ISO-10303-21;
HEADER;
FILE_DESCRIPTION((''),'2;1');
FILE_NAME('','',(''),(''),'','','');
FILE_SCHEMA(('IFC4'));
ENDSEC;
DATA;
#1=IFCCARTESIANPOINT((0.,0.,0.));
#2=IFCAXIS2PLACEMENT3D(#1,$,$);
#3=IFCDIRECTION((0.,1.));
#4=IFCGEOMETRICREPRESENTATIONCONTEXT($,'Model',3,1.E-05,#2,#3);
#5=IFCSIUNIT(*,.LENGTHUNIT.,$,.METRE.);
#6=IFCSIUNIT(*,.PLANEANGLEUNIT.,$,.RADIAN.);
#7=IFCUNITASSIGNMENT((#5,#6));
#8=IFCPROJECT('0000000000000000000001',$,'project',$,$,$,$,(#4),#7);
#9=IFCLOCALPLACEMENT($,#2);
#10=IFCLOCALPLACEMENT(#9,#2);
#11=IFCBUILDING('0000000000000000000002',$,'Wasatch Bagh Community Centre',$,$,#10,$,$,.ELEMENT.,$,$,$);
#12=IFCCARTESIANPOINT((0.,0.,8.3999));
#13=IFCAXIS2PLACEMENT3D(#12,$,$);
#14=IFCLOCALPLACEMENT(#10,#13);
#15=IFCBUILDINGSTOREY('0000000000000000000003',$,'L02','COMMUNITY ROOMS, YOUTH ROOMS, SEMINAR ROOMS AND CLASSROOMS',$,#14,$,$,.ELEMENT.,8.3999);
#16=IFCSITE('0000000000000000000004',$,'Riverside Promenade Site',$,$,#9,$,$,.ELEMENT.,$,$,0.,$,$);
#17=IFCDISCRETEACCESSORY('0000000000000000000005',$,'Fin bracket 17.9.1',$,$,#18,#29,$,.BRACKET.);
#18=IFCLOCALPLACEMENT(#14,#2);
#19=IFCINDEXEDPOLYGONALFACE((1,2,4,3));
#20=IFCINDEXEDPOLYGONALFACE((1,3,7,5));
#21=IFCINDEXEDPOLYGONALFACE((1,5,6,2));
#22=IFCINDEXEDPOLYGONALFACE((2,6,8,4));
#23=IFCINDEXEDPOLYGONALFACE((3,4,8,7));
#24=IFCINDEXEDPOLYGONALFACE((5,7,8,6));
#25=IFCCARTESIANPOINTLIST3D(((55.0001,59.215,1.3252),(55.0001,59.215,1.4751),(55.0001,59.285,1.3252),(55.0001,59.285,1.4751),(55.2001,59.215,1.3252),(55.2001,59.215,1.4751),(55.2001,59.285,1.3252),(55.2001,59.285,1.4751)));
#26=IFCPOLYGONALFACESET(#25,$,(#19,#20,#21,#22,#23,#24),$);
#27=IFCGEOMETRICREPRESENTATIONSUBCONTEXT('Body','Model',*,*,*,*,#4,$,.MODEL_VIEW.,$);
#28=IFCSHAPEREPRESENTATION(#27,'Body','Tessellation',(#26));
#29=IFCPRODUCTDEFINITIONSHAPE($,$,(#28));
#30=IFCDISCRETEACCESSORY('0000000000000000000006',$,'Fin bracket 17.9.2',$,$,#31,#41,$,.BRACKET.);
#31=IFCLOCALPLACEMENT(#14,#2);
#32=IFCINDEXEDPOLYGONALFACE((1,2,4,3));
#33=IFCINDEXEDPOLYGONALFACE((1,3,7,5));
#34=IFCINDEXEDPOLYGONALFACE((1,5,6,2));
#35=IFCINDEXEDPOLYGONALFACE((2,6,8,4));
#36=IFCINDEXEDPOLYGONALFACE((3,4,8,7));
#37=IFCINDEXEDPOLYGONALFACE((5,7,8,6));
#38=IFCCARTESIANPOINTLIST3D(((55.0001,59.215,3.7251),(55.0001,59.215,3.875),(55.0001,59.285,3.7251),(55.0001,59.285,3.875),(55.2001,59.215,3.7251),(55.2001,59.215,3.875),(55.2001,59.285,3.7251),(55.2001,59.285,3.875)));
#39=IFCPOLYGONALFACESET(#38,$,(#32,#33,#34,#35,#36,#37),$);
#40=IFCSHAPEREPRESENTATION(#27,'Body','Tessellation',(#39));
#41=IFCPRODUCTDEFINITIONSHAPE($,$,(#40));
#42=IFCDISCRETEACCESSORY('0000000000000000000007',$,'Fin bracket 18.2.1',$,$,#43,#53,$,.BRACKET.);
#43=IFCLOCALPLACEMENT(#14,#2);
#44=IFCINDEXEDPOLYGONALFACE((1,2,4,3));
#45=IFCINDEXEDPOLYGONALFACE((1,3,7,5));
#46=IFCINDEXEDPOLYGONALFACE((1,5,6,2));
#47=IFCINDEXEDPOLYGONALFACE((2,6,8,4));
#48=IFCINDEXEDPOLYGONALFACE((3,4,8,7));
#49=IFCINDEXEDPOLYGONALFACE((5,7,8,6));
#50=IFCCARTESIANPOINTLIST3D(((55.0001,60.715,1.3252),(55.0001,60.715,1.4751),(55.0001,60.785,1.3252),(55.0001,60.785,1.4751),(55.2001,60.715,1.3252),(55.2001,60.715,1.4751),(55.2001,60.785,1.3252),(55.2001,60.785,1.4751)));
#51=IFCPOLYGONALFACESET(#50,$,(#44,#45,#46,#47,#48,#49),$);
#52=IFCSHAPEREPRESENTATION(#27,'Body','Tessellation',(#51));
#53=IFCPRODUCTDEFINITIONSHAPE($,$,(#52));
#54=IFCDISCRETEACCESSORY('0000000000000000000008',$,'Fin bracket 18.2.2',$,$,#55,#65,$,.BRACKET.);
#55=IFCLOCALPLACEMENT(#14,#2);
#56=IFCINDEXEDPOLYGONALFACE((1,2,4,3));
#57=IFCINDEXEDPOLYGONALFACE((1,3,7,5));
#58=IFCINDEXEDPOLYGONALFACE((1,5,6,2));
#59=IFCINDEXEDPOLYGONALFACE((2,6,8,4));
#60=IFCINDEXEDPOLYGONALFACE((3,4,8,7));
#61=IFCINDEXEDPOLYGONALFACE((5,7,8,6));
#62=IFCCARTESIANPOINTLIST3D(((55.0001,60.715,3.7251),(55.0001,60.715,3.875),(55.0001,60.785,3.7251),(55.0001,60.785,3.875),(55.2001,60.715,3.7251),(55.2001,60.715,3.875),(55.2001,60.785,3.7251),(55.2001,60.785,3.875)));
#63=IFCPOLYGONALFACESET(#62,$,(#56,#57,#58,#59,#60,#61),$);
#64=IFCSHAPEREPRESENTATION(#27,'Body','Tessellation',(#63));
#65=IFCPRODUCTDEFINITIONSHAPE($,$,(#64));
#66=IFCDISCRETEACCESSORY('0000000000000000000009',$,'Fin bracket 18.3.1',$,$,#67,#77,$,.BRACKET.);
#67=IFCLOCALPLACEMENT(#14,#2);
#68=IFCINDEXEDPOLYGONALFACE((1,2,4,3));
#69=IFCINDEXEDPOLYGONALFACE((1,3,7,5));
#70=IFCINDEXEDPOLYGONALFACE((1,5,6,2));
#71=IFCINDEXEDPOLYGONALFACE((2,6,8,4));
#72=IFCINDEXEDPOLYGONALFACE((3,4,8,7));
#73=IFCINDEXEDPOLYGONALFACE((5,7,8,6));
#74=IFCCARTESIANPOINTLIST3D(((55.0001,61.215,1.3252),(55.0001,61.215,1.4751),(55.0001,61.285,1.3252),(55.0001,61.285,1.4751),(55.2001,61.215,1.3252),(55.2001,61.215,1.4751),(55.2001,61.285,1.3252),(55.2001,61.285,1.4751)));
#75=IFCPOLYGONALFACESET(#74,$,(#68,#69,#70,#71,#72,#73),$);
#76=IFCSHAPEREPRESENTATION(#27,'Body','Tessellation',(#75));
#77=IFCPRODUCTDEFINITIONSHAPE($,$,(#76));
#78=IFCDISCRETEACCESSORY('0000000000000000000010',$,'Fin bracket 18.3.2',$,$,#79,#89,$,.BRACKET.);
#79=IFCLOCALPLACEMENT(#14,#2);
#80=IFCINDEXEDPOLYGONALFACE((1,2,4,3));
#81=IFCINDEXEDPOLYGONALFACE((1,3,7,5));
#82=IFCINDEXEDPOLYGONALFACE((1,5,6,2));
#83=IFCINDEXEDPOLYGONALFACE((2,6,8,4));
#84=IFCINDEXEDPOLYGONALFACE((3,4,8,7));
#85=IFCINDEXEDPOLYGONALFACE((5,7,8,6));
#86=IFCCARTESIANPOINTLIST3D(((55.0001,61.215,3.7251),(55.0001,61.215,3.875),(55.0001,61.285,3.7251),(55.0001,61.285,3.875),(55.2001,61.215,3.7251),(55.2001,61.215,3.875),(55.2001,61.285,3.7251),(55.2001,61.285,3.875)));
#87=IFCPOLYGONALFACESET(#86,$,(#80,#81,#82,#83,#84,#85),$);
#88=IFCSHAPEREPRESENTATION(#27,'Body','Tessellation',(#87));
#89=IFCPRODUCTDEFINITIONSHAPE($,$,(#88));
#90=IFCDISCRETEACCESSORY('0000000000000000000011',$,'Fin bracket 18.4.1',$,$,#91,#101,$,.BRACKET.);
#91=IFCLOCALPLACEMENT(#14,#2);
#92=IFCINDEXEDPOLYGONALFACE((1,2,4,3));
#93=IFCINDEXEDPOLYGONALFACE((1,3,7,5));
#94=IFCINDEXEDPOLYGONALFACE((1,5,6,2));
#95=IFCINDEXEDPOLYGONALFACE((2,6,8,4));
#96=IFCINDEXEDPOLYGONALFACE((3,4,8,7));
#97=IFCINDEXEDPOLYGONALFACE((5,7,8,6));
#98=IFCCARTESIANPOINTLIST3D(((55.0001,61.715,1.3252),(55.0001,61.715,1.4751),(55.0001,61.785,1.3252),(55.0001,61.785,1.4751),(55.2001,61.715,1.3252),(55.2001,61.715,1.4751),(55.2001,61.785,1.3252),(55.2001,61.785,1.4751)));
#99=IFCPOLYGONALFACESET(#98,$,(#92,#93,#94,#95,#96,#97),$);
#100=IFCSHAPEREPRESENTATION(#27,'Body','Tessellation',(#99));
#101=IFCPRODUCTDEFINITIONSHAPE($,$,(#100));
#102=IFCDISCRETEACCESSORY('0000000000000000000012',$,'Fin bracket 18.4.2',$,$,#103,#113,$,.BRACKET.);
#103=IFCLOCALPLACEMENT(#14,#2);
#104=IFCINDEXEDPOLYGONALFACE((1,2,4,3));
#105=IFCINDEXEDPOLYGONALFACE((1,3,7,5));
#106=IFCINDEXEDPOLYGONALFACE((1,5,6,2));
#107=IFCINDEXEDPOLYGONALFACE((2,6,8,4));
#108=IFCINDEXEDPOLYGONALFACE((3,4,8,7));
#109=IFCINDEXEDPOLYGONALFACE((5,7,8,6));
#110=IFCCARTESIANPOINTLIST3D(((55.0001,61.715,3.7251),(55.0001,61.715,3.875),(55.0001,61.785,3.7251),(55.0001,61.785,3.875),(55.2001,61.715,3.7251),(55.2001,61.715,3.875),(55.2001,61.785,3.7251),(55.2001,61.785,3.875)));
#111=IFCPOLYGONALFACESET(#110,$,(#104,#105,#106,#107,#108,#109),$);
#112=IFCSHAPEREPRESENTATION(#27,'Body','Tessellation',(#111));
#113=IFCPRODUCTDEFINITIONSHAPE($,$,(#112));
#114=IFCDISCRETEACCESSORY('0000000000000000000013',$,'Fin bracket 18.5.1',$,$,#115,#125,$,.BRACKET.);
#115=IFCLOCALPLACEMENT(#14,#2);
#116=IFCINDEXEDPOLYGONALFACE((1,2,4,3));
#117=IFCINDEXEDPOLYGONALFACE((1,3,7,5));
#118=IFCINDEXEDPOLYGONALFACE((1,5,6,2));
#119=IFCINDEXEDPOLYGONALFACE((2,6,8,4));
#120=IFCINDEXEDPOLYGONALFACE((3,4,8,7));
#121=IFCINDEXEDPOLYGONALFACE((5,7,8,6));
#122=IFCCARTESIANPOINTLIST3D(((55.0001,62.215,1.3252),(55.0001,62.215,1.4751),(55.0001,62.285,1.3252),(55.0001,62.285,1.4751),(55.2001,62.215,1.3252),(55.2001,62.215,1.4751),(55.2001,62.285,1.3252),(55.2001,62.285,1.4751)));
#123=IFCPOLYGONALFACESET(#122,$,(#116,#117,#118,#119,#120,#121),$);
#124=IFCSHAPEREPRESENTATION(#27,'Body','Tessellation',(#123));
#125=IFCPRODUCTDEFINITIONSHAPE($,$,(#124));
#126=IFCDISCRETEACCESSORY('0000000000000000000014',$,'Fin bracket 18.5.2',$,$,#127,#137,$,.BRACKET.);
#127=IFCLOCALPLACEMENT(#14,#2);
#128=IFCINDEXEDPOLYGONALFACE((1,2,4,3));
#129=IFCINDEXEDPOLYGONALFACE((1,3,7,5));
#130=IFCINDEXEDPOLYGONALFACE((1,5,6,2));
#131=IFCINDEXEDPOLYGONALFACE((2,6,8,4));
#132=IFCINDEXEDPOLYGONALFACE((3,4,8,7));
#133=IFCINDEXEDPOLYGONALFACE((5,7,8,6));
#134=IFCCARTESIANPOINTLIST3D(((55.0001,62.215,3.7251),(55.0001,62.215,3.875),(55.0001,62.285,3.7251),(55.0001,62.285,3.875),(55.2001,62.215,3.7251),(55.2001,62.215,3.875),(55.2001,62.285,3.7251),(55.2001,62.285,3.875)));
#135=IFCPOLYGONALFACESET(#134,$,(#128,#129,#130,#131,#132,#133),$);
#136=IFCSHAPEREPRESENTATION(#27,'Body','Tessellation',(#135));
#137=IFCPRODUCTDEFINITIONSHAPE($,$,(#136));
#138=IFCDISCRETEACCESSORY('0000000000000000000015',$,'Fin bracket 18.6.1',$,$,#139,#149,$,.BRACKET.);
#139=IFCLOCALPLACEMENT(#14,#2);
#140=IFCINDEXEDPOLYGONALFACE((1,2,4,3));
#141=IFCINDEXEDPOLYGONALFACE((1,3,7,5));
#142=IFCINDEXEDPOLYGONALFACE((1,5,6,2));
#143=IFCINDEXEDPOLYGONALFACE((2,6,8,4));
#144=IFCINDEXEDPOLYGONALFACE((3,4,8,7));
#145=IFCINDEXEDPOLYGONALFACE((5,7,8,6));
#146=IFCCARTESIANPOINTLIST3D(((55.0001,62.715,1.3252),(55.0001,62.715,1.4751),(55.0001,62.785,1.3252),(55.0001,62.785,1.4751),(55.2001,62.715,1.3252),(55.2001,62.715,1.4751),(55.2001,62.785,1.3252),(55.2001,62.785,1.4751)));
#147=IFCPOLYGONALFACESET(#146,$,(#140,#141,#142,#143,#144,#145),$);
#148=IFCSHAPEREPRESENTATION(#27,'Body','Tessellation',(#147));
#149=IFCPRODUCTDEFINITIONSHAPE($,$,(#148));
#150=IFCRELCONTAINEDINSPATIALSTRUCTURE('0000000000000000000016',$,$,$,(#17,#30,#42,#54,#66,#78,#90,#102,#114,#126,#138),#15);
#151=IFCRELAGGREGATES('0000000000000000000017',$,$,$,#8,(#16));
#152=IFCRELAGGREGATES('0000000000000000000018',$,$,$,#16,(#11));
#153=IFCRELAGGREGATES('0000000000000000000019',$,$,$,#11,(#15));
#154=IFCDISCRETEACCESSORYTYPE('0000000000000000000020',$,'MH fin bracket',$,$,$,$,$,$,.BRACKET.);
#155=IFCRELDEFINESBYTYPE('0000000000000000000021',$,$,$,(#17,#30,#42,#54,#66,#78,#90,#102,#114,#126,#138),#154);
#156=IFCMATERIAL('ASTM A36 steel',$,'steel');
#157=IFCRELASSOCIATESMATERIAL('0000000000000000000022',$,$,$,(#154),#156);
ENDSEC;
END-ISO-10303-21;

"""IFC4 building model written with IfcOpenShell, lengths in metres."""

from ifc_helpers import new_model, si_unit, direction, frame, origin, origin_2d, place, context, subcontext, project, spatial, rectangle, extrude, material, type_object, element, save


model = new_model("IFC4")

# Units and contexts
model_context = context("Model", 3, precision=1e-05, world=origin(), true_north=direction((0.0, 1.0)))
body_context = subcontext(model_context, "Body", "Model", "MODEL_VIEW")
ifc_project = project(units=[si_unit("LENGTHUNIT", "METRE"), si_unit("PLANEANGLEUNIT", "RADIAN")], contexts=[model_context])

# Site, building, storey
site_placement = place(None, origin())
site = spatial("IfcSite", under=ifc_project, at=site_placement, Name="Riverside Promenade Site", CompositionType="ELEMENT", RefElevation=0.0)
building_placement = place(site_placement, origin())
building = spatial("IfcBuilding", under=site, at=building_placement, Name="Wasatch Bagh Community Centre", CompositionType="ELEMENT")
storey_placement = place(building_placement, frame((0.0, 0.0, 8.3999)))
storey = spatial("IfcBuildingStorey", under=building, at=storey_placement, Name="L02", Description="COMMUNITY ROOMS, YOUTH ROOMS, SEMINAR ROOMS AND CLASSROOMS", CompositionType="ELEMENT", Elevation=8.3999)

# Discrete accessories
ifc_material_1 = material(Name="ASTM A36 steel", Category="steel")
discrete_accessory_type = type_object("IfcDiscreteAccessoryType", Name="MH fin bracket", PredefinedType="BRACKET", material=ifc_material_1)
for number, where, z_axis, x_axis, name in (
    (1, (55.1001, 59.25, 1.3252), (0.0, 0.0, 1.0), (0.0, 1.0, 0.0), "Fin bracket 17.9.1"),
    (2, (55.1001, 59.25, 3.7251), (0.0, 0.0, 1.0), (0.0, 1.0, 0.0), "Fin bracket 17.9.2"),
    (3, (55.1001, 60.75, 1.3252), (0.0, 0.0, 1.0), (0.0, 1.0, 0.0), "Fin bracket 18.2.1"),
    (4, (55.1001, 60.75, 3.7251), (0.0, 0.0, 1.0), (0.0, 1.0, 0.0), "Fin bracket 18.2.2"),
    (5, (55.1001, 61.25, 1.3252), (0.0, 0.0, 1.0), (0.0, 1.0, 0.0), "Fin bracket 18.3.1"),
    (6, (55.1001, 61.25, 3.7251), (0.0, 0.0, 1.0), (0.0, 1.0, 0.0), "Fin bracket 18.3.2"),
    (7, (55.1001, 61.75, 1.3252), (0.0, 0.0, 1.0), (0.0, 1.0, 0.0), "Fin bracket 18.4.1"),
    (8, (55.1001, 61.75, 3.7251), (0.0, 0.0, 1.0), (0.0, 1.0, 0.0), "Fin bracket 18.4.2"),
    (9, (55.1001, 62.25, 1.3252), (0.0, 0.0, 1.0), (0.0, 1.0, 0.0), "Fin bracket 18.5.1"),
    (10, (55.1001, 62.25, 3.7251), (0.0, 0.0, 1.0), (0.0, 1.0, 0.0), "Fin bracket 18.5.2"),
    (11, (55.1001, 62.75, 1.3252), (0.0, 0.0, 1.0), (0.0, 1.0, 0.0), "Fin bracket 18.6.1"),
):
    element("IfcDiscreteAccessory", number, at=place(storey_placement, frame(where, z_axis=z_axis, x_axis=x_axis)), inside=storey, type_object=discrete_accessory_type, Name=name, PredefinedType="BRACKET", context=body_context, shape_type="SweptSolid", body=[
        extrude(rectangle(XDim=0.0701, YDim=0.2, at=origin_2d()), origin(), (0.0, 0.0, 1.0), 0.1499),
    ])

save(model, "model.ifc")
